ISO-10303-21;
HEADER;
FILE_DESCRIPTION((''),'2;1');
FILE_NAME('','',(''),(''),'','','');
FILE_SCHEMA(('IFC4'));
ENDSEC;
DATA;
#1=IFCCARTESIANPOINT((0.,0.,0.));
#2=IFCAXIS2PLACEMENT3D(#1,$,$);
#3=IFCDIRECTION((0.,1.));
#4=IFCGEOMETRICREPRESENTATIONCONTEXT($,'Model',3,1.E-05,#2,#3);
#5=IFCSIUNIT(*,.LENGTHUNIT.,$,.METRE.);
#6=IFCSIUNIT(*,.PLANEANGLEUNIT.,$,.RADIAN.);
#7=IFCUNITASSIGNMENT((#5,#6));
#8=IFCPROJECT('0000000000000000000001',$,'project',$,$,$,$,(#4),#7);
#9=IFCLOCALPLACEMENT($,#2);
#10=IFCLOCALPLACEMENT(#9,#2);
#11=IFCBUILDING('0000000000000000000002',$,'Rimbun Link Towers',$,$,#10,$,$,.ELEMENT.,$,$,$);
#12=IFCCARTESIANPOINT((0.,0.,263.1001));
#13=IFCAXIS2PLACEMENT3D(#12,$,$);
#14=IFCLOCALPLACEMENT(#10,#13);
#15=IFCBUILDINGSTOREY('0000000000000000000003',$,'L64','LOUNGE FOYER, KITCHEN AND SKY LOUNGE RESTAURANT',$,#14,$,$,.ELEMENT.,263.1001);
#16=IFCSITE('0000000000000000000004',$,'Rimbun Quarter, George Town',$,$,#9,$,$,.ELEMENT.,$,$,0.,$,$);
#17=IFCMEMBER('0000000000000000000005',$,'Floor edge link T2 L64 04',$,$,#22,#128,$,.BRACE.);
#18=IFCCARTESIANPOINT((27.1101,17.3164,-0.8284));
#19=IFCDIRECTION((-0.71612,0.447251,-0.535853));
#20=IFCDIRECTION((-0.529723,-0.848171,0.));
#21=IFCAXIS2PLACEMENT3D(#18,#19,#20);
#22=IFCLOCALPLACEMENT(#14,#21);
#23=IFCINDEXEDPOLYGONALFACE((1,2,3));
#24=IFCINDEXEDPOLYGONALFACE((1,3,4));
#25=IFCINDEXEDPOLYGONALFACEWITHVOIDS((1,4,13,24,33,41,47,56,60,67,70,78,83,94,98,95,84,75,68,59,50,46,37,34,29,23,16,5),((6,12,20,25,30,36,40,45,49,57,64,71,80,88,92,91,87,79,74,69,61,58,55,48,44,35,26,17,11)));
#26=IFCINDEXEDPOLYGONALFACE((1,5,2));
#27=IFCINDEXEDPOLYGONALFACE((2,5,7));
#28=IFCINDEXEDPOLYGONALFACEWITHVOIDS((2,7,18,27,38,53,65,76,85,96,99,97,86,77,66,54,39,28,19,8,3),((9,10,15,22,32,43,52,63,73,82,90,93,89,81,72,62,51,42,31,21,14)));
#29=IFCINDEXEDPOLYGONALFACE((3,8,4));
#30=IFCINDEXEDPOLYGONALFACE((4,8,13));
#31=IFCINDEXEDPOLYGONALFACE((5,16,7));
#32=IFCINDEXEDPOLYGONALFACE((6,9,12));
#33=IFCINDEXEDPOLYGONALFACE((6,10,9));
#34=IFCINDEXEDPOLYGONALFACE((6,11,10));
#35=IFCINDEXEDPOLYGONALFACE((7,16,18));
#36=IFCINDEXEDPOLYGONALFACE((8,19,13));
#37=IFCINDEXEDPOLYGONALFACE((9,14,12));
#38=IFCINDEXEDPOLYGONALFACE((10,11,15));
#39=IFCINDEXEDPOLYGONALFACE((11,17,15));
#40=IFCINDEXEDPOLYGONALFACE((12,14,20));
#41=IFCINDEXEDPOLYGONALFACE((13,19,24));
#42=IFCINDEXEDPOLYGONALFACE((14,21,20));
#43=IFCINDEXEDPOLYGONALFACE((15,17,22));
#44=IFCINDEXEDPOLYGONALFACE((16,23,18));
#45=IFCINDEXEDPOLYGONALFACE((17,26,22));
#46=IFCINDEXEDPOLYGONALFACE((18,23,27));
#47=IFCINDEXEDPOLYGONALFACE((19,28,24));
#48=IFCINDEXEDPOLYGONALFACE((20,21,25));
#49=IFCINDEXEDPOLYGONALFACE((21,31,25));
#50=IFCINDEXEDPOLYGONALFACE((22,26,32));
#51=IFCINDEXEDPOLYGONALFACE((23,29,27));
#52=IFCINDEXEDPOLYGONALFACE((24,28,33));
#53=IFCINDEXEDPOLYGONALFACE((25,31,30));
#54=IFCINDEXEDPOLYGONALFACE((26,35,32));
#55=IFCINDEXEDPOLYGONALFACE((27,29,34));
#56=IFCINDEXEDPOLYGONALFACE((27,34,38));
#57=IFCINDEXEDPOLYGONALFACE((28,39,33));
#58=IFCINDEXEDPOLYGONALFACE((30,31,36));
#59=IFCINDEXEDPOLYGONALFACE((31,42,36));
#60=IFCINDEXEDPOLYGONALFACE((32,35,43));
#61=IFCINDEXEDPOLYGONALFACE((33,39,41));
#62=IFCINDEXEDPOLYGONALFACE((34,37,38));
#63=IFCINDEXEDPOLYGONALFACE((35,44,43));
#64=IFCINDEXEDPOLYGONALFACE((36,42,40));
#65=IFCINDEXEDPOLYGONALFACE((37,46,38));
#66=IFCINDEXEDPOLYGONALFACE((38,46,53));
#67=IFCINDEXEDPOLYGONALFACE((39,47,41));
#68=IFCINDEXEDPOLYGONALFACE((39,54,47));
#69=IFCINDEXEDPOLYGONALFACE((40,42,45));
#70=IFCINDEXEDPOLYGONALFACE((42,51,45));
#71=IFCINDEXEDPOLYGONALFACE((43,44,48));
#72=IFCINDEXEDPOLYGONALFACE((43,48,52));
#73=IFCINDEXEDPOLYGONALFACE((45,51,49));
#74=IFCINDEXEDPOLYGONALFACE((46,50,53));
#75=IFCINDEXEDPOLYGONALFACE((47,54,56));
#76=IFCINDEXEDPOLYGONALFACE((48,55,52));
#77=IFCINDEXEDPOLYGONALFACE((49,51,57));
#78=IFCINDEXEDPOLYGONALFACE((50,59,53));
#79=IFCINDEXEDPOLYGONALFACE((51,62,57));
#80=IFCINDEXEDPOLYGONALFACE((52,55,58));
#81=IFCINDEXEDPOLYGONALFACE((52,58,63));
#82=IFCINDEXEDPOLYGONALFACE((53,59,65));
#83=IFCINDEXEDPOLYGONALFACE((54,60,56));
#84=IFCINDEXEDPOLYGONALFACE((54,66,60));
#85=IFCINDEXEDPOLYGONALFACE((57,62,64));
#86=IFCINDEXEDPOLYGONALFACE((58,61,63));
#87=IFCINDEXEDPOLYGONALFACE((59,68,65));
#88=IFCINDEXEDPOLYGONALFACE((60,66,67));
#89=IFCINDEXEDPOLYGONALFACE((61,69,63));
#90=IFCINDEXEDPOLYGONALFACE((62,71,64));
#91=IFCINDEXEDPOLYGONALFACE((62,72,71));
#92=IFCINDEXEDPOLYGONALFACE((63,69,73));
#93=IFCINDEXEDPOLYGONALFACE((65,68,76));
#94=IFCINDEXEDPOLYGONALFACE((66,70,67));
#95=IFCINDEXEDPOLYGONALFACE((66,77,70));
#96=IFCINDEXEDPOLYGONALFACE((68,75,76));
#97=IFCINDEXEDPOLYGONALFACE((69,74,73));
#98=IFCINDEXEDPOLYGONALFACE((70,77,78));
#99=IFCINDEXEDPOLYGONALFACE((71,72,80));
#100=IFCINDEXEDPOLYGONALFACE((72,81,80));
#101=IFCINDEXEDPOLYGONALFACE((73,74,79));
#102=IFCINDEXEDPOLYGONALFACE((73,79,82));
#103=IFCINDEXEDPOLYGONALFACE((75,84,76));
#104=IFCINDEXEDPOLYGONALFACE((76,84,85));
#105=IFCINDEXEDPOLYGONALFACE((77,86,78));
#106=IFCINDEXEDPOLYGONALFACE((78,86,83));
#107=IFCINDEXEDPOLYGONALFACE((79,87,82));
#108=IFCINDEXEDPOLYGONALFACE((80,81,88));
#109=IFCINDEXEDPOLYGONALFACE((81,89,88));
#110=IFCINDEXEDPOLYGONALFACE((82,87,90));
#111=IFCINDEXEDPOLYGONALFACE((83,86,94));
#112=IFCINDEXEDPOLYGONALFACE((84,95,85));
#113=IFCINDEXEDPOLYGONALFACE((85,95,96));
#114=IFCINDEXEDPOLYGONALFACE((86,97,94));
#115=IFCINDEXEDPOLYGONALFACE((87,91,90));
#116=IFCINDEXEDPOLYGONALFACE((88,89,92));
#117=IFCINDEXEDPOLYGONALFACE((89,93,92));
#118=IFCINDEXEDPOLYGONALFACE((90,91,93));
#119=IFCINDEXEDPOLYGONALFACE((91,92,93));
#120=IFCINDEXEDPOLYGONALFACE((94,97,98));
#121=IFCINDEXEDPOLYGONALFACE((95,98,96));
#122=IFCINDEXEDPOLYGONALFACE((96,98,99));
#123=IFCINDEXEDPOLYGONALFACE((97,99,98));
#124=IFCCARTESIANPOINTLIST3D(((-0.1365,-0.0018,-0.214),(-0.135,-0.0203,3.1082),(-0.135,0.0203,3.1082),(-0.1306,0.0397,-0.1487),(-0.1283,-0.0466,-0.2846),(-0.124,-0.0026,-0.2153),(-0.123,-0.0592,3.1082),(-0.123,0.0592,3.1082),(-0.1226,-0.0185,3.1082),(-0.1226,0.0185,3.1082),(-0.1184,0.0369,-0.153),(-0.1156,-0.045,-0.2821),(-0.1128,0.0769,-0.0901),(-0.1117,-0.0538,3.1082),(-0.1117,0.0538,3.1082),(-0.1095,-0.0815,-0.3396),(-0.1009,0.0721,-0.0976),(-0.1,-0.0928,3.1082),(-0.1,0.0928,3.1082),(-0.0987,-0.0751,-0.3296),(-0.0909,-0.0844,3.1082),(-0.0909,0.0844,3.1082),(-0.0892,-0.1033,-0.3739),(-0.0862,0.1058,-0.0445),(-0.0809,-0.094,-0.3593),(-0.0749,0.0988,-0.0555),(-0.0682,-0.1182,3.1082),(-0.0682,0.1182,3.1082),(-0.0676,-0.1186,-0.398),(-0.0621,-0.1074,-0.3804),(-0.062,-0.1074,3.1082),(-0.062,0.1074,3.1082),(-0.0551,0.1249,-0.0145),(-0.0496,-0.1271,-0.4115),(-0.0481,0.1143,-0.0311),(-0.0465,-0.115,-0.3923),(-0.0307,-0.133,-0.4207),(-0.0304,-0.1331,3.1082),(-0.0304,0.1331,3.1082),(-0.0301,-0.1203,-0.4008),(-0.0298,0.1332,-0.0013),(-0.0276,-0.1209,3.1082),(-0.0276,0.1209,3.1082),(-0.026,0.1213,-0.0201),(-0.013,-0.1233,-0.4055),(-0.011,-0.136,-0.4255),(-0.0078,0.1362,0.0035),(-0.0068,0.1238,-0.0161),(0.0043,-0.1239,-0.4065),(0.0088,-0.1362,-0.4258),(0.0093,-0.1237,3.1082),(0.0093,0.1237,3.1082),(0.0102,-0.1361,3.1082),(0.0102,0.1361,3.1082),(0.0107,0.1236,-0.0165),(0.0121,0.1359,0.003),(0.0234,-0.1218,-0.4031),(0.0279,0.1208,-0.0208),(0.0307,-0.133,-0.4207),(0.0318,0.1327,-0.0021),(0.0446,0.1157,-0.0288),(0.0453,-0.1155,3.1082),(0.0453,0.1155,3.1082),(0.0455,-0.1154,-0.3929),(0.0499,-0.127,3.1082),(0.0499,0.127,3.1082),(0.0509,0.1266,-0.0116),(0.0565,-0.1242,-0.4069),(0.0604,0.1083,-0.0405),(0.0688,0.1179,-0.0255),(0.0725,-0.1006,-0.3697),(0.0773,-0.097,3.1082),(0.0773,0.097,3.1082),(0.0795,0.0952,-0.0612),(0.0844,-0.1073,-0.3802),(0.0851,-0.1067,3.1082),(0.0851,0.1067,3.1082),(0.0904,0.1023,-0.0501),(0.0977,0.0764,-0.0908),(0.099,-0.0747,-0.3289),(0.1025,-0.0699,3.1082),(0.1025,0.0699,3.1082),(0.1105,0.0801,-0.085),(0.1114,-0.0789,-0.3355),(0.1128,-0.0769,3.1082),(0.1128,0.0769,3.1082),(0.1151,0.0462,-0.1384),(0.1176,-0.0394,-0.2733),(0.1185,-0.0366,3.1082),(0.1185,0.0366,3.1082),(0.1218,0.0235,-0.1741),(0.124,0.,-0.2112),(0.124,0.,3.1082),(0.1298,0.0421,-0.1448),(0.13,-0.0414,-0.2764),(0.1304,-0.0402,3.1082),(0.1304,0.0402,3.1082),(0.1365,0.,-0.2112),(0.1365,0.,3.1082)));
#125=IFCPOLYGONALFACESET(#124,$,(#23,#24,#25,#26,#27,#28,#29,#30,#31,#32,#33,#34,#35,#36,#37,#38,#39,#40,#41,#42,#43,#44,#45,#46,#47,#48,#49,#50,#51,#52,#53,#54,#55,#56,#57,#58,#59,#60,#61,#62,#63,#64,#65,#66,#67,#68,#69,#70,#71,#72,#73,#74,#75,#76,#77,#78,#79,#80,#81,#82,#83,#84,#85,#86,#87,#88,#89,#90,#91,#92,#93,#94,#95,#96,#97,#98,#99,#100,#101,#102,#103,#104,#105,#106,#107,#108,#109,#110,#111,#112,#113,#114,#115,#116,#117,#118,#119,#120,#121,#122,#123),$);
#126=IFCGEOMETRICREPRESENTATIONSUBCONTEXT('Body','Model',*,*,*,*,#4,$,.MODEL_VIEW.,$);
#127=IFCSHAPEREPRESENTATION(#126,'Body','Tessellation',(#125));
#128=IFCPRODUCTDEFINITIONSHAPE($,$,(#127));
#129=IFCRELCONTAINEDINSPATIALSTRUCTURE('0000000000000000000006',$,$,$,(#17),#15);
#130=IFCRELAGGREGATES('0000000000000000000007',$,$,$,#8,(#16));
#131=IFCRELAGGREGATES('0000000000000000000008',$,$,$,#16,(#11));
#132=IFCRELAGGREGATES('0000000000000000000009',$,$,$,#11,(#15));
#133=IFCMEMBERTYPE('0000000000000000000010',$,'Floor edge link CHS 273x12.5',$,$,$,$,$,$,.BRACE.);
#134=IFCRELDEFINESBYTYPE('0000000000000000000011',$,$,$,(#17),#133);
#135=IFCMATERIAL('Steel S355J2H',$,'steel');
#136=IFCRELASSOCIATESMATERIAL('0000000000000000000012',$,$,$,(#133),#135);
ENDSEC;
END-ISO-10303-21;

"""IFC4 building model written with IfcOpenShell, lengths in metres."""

from ifc_helpers import new_model, si_unit, direction, frame, origin, origin_2d, place, context, subcontext, project, spatial, hollow_circle, extrude, clip, halfspace, material, material_profile, profile_set, type_object, element, save


model = new_model("IFC4")

# Units and contexts
model_context = context("Model", 3, precision=1e-05, world=origin(), true_north=direction((0.0, 1.0)))
body_context = subcontext(model_context, "Body", "Model", "MODEL_VIEW")
ifc_project = project(units=[si_unit("LENGTHUNIT", "METRE"), si_unit("PLANEANGLEUNIT", "RADIAN")], contexts=[model_context])

# Site, building, storey
site_placement = place(None, origin())
site = spatial("IfcSite", under=ifc_project, at=site_placement, Name="Rimbun Quarter, George Town", CompositionType="ELEMENT", RefElevation=0.0)
building_placement = place(site_placement, origin())
building = spatial("IfcBuilding", under=site, at=building_placement, Name="Rimbun Link Towers", CompositionType="ELEMENT")
storey_placement = place(building_placement, frame((0.0, 0.0, 263.1001)))
storey = spatial("IfcBuildingStorey", under=building, at=storey_placement, Name="L64", Description="LOUNGE FOYER, KITCHEN AND SKY LOUNGE RESTAURANT", CompositionType="ELEMENT", Elevation=263.1001)

# Member
ifc_material_1 = material(Name="Steel S355J2H", Category="steel")
ifc_material_profile_1 = material_profile(ifc_material_1, hollow_circle(Radius=0.1365, WallThickness=0.0125, at=origin_2d()), Name="CHS 273x12.5")
ifc_profile_set_1 = profile_set([ifc_material_profile_1], Name="Steel S355J2H")
member_type_1 = type_object("IfcMemberType", Name="Floor edge link CHS 273x12.5", PredefinedType="BRACE", material=ifc_profile_set_1)
member_1_placement = place(storey_placement, frame((27.1101, 17.3164, -0.8284), z_axis=(-0.71612, 0.447251, -0.535853), x_axis=(-0.529723, -0.848171, 0.0)))
element("IfcMember", 1, at=member_1_placement, inside=storey, type_object=member_type_1, Name="Floor edge link T2 L64 04", PredefinedType="BRACE", context=body_context, shape_type="Clipping", body=[
    clip(extrude(hollow_circle(Radius=0.1365, WallThickness=0.0125, at=origin_2d()), frame((0.0, 0.0, -0.4487)), (0.0, 0.0, 1.0), 3.5569), halfspace(frame((0.0, 0.0, -0.2112), z_axis=(0.0, 0.844311, -0.535853)), False)),
])

save(model, "model.ifc")
